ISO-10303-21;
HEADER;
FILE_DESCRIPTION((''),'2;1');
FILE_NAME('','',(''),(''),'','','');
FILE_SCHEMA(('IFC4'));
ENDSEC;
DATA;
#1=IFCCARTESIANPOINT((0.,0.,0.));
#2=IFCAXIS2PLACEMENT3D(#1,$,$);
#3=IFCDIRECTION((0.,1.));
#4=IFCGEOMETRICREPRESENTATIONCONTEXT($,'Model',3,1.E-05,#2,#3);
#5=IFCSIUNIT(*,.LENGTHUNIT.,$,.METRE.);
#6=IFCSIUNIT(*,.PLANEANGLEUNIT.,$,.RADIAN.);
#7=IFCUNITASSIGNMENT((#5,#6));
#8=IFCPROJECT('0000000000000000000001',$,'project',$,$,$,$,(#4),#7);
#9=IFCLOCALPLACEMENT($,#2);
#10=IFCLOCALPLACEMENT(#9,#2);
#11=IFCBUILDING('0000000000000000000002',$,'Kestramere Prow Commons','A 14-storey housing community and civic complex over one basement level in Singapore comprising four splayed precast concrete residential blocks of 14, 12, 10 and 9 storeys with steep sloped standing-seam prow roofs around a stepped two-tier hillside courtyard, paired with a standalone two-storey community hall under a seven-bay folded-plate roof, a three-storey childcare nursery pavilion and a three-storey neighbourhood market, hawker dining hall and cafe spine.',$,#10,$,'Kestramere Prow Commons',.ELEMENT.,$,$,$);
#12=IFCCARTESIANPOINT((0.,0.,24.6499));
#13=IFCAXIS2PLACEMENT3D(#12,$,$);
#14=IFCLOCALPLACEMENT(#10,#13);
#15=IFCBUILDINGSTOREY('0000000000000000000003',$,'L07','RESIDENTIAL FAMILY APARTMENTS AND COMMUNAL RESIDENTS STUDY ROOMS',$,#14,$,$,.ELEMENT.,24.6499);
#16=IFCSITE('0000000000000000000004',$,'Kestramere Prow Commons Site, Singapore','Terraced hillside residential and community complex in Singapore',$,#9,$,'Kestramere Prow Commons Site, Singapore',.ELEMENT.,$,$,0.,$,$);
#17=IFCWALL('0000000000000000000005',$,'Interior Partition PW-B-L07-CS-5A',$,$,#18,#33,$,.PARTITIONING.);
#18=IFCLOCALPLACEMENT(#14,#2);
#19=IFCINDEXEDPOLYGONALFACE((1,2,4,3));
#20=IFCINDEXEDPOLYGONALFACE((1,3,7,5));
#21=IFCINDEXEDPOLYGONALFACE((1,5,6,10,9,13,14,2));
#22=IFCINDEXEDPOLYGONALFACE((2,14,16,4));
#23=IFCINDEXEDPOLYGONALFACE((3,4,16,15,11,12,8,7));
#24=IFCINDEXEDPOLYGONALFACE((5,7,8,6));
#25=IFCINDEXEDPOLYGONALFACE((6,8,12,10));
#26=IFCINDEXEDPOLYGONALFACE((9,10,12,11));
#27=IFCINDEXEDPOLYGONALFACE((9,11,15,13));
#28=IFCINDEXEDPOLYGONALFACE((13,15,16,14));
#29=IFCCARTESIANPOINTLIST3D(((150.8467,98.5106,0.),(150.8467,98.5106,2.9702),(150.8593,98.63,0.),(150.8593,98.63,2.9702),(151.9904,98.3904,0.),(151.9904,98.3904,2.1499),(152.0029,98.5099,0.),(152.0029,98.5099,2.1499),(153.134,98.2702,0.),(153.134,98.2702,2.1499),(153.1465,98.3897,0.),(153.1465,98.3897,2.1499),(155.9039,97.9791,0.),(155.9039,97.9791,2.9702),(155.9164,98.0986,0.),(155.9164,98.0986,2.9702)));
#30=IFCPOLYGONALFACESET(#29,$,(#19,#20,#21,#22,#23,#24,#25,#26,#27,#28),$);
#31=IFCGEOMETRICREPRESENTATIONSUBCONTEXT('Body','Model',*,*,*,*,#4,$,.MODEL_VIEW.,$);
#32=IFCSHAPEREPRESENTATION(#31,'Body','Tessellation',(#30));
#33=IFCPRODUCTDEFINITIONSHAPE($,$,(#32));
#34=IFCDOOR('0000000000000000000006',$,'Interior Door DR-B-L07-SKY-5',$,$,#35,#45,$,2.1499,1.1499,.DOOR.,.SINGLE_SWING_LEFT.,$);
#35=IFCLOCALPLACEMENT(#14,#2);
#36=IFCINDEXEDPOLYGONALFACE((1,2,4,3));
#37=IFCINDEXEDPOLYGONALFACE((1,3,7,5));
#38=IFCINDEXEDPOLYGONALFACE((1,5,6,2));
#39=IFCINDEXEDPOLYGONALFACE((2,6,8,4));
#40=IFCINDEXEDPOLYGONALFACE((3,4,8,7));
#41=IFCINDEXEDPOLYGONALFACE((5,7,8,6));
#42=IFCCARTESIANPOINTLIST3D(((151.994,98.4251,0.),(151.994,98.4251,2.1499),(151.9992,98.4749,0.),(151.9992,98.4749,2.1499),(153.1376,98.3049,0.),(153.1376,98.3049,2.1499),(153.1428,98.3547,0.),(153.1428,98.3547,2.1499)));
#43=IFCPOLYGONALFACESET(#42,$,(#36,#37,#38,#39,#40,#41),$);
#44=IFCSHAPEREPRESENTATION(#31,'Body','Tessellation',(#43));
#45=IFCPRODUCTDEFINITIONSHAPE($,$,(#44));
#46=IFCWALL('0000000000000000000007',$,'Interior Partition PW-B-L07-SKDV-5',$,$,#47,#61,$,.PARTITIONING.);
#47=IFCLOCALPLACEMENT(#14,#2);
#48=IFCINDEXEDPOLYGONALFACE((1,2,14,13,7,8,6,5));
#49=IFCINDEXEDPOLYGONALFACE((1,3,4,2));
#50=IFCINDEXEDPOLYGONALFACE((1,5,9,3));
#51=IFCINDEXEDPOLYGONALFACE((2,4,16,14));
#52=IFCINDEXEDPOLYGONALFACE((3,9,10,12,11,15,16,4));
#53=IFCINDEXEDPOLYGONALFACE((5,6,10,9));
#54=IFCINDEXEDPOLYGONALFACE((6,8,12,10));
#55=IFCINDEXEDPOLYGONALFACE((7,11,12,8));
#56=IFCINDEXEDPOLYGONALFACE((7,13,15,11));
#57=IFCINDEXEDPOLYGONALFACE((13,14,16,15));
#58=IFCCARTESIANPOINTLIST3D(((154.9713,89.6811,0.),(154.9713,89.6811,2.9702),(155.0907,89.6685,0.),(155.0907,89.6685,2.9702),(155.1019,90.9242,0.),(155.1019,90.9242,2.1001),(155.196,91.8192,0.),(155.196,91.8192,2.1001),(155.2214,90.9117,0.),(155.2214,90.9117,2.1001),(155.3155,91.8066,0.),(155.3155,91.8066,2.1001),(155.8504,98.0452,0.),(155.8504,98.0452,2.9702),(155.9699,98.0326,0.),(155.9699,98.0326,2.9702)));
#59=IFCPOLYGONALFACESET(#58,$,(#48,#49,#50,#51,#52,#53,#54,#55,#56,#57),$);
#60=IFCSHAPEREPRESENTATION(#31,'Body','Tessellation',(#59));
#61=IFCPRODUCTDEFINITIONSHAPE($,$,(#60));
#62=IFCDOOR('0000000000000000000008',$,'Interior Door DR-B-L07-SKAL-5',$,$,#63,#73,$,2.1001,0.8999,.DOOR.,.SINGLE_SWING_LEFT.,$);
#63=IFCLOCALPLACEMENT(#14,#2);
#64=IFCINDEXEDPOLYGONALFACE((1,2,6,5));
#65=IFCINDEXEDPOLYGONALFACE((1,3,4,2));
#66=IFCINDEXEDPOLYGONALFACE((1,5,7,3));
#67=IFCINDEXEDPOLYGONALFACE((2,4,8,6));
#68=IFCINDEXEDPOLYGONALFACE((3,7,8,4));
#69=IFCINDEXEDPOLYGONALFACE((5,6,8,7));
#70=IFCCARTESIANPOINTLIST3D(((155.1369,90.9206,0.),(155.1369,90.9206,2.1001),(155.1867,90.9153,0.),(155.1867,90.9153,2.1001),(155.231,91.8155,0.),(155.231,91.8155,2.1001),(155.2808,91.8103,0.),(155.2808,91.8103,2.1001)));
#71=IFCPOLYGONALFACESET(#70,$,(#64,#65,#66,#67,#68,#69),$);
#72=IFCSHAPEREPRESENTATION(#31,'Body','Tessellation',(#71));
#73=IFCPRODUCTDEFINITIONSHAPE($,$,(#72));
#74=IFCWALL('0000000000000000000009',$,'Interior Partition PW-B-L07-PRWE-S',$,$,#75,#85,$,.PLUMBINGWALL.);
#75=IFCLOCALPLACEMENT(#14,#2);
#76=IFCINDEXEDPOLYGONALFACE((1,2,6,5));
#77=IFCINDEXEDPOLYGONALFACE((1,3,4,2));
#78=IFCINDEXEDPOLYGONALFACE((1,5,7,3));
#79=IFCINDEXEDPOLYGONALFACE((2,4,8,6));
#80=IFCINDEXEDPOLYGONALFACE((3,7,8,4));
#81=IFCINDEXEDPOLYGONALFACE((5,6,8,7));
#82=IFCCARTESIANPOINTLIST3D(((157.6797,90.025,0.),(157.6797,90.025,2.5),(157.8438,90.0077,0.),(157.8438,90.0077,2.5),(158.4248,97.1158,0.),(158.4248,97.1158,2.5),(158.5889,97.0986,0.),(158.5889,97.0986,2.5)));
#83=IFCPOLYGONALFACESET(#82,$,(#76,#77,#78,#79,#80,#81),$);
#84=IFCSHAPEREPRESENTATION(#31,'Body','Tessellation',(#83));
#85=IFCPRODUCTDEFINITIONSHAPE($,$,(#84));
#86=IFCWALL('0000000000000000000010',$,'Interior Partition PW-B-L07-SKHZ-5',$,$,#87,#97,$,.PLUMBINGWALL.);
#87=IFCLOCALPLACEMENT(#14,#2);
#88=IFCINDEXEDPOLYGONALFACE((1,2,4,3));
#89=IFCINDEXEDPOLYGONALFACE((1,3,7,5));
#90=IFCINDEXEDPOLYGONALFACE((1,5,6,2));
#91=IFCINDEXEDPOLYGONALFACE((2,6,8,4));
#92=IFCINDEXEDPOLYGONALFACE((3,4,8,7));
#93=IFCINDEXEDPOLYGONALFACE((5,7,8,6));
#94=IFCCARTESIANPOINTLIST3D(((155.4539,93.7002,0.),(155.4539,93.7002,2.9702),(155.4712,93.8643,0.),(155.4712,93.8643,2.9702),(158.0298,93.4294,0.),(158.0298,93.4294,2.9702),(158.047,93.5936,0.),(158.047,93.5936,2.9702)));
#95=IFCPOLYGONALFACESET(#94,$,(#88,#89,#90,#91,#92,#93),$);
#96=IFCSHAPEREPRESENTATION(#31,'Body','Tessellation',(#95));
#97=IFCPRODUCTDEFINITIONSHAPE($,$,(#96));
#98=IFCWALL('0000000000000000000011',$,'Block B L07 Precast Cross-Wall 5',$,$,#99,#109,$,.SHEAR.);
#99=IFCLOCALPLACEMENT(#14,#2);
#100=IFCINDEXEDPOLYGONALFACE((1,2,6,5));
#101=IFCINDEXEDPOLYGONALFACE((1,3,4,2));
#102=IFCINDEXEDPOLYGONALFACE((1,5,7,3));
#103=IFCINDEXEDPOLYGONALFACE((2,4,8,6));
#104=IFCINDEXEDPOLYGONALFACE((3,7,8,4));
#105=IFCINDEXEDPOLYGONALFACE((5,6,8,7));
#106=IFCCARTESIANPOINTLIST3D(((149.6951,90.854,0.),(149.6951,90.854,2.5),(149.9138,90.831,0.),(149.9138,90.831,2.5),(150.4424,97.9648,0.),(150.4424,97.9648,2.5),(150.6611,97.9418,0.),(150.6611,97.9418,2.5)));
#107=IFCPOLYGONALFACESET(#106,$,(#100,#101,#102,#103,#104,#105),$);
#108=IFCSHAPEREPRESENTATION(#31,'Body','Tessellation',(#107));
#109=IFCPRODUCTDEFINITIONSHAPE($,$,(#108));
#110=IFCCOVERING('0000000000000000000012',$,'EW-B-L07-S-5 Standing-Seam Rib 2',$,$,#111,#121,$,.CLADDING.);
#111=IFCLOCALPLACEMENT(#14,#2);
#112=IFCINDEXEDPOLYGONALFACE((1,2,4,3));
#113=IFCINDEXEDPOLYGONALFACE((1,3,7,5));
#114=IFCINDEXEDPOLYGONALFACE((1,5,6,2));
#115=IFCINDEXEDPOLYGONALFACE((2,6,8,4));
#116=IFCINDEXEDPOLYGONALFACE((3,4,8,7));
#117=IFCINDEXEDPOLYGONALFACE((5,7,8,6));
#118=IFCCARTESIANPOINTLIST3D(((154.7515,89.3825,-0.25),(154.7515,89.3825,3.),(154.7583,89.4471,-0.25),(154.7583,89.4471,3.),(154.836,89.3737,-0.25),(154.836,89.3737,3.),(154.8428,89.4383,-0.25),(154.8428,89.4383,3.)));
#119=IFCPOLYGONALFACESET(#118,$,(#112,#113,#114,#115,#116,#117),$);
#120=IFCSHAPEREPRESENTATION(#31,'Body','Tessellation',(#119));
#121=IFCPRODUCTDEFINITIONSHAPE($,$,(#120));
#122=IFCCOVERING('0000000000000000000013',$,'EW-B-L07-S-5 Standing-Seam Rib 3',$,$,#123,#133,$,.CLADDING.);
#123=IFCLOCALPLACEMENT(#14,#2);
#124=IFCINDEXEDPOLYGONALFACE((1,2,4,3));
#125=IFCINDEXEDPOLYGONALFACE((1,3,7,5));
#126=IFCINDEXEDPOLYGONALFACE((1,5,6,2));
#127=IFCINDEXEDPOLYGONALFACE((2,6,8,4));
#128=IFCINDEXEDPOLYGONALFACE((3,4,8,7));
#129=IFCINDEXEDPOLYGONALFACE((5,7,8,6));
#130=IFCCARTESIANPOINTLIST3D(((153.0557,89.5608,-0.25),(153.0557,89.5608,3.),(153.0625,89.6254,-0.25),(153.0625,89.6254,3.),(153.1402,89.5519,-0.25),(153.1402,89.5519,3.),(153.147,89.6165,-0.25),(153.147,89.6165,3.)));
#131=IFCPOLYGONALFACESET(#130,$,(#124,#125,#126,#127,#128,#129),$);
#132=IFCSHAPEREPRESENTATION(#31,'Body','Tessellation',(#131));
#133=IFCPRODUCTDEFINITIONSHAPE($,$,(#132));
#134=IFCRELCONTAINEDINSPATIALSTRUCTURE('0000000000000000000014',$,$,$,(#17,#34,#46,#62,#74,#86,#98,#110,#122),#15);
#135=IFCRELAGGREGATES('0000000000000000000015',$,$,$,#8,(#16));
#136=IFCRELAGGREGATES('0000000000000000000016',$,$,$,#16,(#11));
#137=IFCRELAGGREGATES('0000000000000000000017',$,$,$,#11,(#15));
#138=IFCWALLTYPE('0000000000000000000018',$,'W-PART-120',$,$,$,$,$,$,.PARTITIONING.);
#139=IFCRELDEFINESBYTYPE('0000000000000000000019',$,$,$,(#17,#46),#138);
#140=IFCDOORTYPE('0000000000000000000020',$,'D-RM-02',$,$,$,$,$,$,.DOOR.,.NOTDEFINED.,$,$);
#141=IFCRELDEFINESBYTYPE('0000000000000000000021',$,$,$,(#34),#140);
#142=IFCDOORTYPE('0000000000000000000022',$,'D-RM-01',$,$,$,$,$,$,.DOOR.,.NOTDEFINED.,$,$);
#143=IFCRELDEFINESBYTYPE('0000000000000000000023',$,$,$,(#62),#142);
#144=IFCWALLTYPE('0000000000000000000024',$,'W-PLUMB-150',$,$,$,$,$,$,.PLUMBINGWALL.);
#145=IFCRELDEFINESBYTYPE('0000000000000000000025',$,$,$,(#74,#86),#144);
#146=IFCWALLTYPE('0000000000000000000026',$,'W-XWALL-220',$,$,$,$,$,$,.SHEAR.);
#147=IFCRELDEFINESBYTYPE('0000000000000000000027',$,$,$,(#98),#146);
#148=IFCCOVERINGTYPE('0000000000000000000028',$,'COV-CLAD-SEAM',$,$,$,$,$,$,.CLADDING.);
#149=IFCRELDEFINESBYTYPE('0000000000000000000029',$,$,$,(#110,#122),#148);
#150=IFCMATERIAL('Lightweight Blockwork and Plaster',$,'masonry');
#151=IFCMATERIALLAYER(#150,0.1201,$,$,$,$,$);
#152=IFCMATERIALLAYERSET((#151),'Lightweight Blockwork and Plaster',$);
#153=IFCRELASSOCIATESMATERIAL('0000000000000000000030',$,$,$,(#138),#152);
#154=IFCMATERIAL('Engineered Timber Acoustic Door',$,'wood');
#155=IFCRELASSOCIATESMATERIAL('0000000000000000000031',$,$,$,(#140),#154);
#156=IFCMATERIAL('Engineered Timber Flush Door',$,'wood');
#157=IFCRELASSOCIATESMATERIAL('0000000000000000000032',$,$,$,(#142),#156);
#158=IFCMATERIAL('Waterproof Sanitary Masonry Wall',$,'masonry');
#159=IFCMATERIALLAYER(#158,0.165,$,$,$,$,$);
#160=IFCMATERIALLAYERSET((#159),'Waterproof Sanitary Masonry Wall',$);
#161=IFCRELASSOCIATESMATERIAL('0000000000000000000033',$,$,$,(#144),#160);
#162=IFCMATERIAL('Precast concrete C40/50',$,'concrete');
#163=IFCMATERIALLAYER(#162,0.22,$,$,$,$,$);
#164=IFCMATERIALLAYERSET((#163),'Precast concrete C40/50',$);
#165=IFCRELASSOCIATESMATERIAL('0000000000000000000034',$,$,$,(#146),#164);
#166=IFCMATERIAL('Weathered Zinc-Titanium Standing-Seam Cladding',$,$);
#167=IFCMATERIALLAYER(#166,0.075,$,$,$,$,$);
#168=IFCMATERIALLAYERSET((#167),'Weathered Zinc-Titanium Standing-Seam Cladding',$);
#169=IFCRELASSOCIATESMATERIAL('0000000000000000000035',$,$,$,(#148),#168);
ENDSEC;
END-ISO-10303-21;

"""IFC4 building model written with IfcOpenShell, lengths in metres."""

from ifc_helpers import new_model, si_unit, direction, frame, frame_2d, origin, origin_2d, place, context, subcontext, project, spatial, rectangle, extrude, material, layer, layer_set, type_object, element, fill, save


model = new_model("IFC4")

# Units and contexts
model_context = context("Model", 3, precision=1e-05, world=origin(), true_north=direction((0.0, 1.0)))
body_context = subcontext(model_context, "Body", "Model", "MODEL_VIEW")
ifc_project = project(units=[si_unit("LENGTHUNIT", "METRE"), si_unit("PLANEANGLEUNIT", "RADIAN")], contexts=[model_context])

# Site, building, storey
site_placement = place(None, origin())
site = spatial("IfcSite", under=ifc_project, at=site_placement, Name="Kestramere Prow Commons Site, Singapore", Description="Terraced hillside residential and community complex in Singapore", LongName="Kestramere Prow Commons Site, Singapore", CompositionType="ELEMENT", RefElevation=0.0)
building_placement = place(site_placement, origin())
building = spatial("IfcBuilding", under=site, at=building_placement, Name="Kestramere Prow Commons", Description="A 14-storey housing community and civic complex over one basement level in Singapore comprising four splayed precast concrete residential blocks of 14, 12, 10 and 9 storeys with steep sloped standing-seam prow roofs around a stepped two-tier hillside courtyard, paired with a standalone two-storey community hall under a seven-bay folded-plate roof, a three-storey childcare nursery pavilion and a three-storey neighbourhood market, hawker dining hall and cafe spine.", LongName="Kestramere Prow Commons", CompositionType="ELEMENT")
storey_placement = place(building_placement, frame((0.0, 0.0, 24.6499)))
storey = spatial("IfcBuildingStorey", under=building, at=storey_placement, Name="L07", Description="RESIDENTIAL FAMILY APARTMENTS AND COMMUNAL RESIDENTS STUDY ROOMS", CompositionType="ELEMENT", Elevation=24.6499)

# Shared definitions
ifc_material_1 = material(Name="Precast concrete C40/50", Category="concrete")

# Walls, openings, doors
ifc_material_2 = material(Name="Lightweight Blockwork and Plaster", Category="masonry")
ifc_layer_1 = layer(ifc_material_2, 0.1201)
ifc_layer_set_1 = layer_set([ifc_layer_1], Name="Lightweight Blockwork and Plaster")
wall_type_1 = type_object("IfcWallType", Name="W-PART-120", PredefinedType="PARTITIONING", material=ifc_layer_set_1)
wall_1_placement = place(storey_placement, frame((150.853, 98.5703, 0.0), z_axis=(0.0, 0.0, 1.0), x_axis=(0.994523, -0.104522, 0.0)))
wall_1 = element("IfcWall", 1, at=wall_1_placement, inside=storey, type_object=wall_type_1, Name="Interior Partition PW-B-L07-CS-5A", PredefinedType="PARTITIONING", context=body_context, shape_type="SweptSolid", body=[
    extrude(rectangle(XDim=5.085, YDim=0.1201, at=frame_2d((2.5425, 0.0))), origin(), (0.0, 0.0, 1.0), 2.9702),
])
opening_1_placement = place(wall_1_placement, frame((1.1499, 0.0, 0.0)))
opening_1 = element("IfcOpeningElement", 2, at=opening_1_placement, cuts=wall_1, PredefinedType="OPENING", context=body_context, shape_type="SweptSolid", body=[
    extrude(rectangle(XDim=1.1499, YDim=2.1499, at=frame_2d((0.575, 1.075))), frame((0.0, 0.075, 0.0), z_axis=(0.0, -1.0, 0.0), x_axis=(1.0, 0.0, 0.0)), (0.0, 0.0, 1.0), 0.1501),
])
ifc_material_3 = material(Name="Engineered Timber Acoustic Door", Category="wood")
door_type_1 = type_object("IfcDoorType", Name="D-RM-02", OperationType="NOTDEFINED", PredefinedType="DOOR", material=ifc_material_3)
door_1_placement = place(opening_1_placement, origin())
door_1 = element("IfcDoor", 3, at=door_1_placement, inside=storey, type_object=door_type_1, Name="Interior Door DR-B-L07-SKY-5", OperationType="SINGLE_SWING_LEFT", OverallHeight=2.1499, OverallWidth=1.1499, PredefinedType="DOOR", context=body_context, shape_type="SweptSolid", body=[
    extrude(rectangle(XDim=1.1499, YDim=2.1499, at=frame_2d((0.575, 1.075))), frame((0.0, 0.0249, 0.0), z_axis=(0.0, -1.0, 0.0), x_axis=(1.0, 0.0, 0.0)), (0.0, 0.0, 1.0), 0.05),
])
fill(opening_1, door_1)
wall_2_placement = place(storey_placement, frame((155.031, 89.6748, 0.0), z_axis=(0.0, 0.0, 1.0), x_axis=(0.104535, 0.994521, 0.0)))
wall_2 = element("IfcWall", 4, at=wall_2_placement, inside=storey, type_object=wall_type_1, Name="Interior Partition PW-B-L07-SKDV-5", PredefinedType="PARTITIONING", context=body_context, shape_type="SweptSolid", body=[
    extrude(rectangle(XDim=8.4102, YDim=0.1201, at=frame_2d((4.2051, 0.0))), origin(), (0.0, 0.0, 1.0), 2.9702),
])
opening_2_placement = place(wall_2_placement, frame((1.25, 0.0, 0.0)))
opening_2 = element("IfcOpeningElement", 5, at=opening_2_placement, cuts=wall_2, PredefinedType="OPENING", context=body_context, shape_type="SweptSolid", body=[
    extrude(rectangle(XDim=0.8999, YDim=2.1001, at=frame_2d((0.45, 1.05))), frame((0.0, 0.075, 0.0), z_axis=(0.0, -1.0, 0.0), x_axis=(1.0, 0.0, 0.0)), (0.0, 0.0, 1.0), 0.1501),
])
ifc_material_4 = material(Name="Engineered Timber Flush Door", Category="wood")
door_type_2 = type_object("IfcDoorType", Name="D-RM-01", OperationType="NOTDEFINED", PredefinedType="DOOR", material=ifc_material_4)
door_2_placement = place(opening_2_placement, origin())
door_2 = element("IfcDoor", 6, at=door_2_placement, inside=storey, type_object=door_type_2, Name="Interior Door DR-B-L07-SKAL-5", OperationType="SINGLE_SWING_LEFT", OverallHeight=2.1001, OverallWidth=0.8999, PredefinedType="DOOR", context=body_context, shape_type="SweptSolid", body=[
    extrude(rectangle(XDim=0.8999, YDim=2.1001, at=frame_2d((0.45, 1.05))), frame((0.0, 0.0249, 0.0), z_axis=(0.0, -1.0, 0.0), x_axis=(1.0, 0.0, 0.0)), (0.0, 0.0, 1.0), 0.05),
])
fill(opening_2, door_2)

# Wall
ifc_material_5 = material(Name="Waterproof Sanitary Masonry Wall", Category="masonry")
ifc_layer_2 = layer(ifc_material_5, 0.165)
ifc_layer_set_2 = layer_set([ifc_layer_2], Name="Waterproof Sanitary Masonry Wall")
wall_type_2 = type_object("IfcWallType", Name="W-PLUMB-150", PredefinedType="PLUMBINGWALL", material=ifc_layer_set_2)
wall_3_placement = place(storey_placement, frame((157.7617, 90.0164, 0.0), z_axis=(0.0, 0.0, 1.0), x_axis=(0.104507, 0.994524, 0.0)))
element("IfcWall", 7, at=wall_3_placement, inside=storey, type_object=wall_type_2, Name="Interior Partition PW-B-L07-PRWE-S", PredefinedType="PLUMBINGWALL", context=body_context, shape_type="SweptSolid", body=[
    extrude(rectangle(XDim=7.1299, YDim=0.165, at=frame_2d((3.5649, 0.0))), origin(), (0.0, 0.0, 1.0), 2.5),
])

# Walls
wall_4_placement = place(storey_placement, frame((155.4626, 93.7822, 0.0), z_axis=(0.0, 0.0, 1.0), x_axis=(0.994521, -0.104533, 0.0)))
element("IfcWall", 8, at=wall_4_placement, inside=storey, type_object=wall_type_2, Name="Interior Partition PW-B-L07-SKHZ-5", PredefinedType="PLUMBINGWALL", context=body_context, shape_type="SweptSolid", body=[
    extrude(rectangle(XDim=2.5901, YDim=0.165, at=frame_2d((1.2949, 0.0))), origin(), (0.0, 0.0, 1.0), 2.9702),
])
ifc_layer_3 = layer(ifc_material_1, 0.22)
ifc_layer_set_3 = layer_set([ifc_layer_3], Name="Precast concrete C40/50")
wall_type_3 = type_object("IfcWallType", Name="W-XWALL-220", PredefinedType="SHEAR", material=ifc_layer_set_3)
wall_5_placement = place(storey_placement, frame((149.8044, 90.8425, 0.0), z_axis=(0.0, 0.0, 1.0), x_axis=(0.104519, 0.994523, 0.0)))
element("IfcWall", 9, at=wall_5_placement, inside=storey, type_object=wall_type_3, Name="Block B L07 Precast Cross-Wall 5", PredefinedType="SHEAR", context=body_context, shape_type="SweptSolid", body=[
    extrude(rectangle(XDim=7.1499, YDim=0.22, at=frame_2d((3.575, 0.0))), origin(), (0.0, 0.0, 1.0), 2.5),
])

# Coverings
ifc_material_6 = material(Name="Weathered Zinc-Titanium Standing-Seam Cladding")
ifc_layer_4 = layer(ifc_material_6, 0.075)
ifc_layer_set_4 = layer_set([ifc_layer_4], Name="Weathered Zinc-Titanium Standing-Seam Cladding")
covering_type = type_object("IfcCoveringType", Name="COV-CLAD-SEAM", PredefinedType="CLADDING", material=ifc_layer_set_4)
for number, where, z_axis, x_axis, name in (
    (10, (154.7971, 89.4104, -0.25), (0.0, 0.0, 1.0), (-0.994522, 0.104528, 0.0), "EW-B-L07-S-5 Standing-Seam Rib 2"),
    (11, (153.1013, 89.5886, -0.25), (0.0, 0.0, 1.0), (-0.994522, 0.104528, 0.0), "EW-B-L07-S-5 Standing-Seam Rib 3"),
):
    element("IfcCovering", number, at=place(storey_placement, frame(where, z_axis=z_axis, x_axis=x_axis)), inside=storey, type_object=covering_type, Name=name, PredefinedType="CLADDING", context=body_context, shape_type="SweptSolid", body=[
        extrude(rectangle(XDim=0.085, YDim=0.0649, at=origin_2d()), origin(), (0.0, 0.0, 1.0), 3.25),
    ])

save(model, "model.ifc")
